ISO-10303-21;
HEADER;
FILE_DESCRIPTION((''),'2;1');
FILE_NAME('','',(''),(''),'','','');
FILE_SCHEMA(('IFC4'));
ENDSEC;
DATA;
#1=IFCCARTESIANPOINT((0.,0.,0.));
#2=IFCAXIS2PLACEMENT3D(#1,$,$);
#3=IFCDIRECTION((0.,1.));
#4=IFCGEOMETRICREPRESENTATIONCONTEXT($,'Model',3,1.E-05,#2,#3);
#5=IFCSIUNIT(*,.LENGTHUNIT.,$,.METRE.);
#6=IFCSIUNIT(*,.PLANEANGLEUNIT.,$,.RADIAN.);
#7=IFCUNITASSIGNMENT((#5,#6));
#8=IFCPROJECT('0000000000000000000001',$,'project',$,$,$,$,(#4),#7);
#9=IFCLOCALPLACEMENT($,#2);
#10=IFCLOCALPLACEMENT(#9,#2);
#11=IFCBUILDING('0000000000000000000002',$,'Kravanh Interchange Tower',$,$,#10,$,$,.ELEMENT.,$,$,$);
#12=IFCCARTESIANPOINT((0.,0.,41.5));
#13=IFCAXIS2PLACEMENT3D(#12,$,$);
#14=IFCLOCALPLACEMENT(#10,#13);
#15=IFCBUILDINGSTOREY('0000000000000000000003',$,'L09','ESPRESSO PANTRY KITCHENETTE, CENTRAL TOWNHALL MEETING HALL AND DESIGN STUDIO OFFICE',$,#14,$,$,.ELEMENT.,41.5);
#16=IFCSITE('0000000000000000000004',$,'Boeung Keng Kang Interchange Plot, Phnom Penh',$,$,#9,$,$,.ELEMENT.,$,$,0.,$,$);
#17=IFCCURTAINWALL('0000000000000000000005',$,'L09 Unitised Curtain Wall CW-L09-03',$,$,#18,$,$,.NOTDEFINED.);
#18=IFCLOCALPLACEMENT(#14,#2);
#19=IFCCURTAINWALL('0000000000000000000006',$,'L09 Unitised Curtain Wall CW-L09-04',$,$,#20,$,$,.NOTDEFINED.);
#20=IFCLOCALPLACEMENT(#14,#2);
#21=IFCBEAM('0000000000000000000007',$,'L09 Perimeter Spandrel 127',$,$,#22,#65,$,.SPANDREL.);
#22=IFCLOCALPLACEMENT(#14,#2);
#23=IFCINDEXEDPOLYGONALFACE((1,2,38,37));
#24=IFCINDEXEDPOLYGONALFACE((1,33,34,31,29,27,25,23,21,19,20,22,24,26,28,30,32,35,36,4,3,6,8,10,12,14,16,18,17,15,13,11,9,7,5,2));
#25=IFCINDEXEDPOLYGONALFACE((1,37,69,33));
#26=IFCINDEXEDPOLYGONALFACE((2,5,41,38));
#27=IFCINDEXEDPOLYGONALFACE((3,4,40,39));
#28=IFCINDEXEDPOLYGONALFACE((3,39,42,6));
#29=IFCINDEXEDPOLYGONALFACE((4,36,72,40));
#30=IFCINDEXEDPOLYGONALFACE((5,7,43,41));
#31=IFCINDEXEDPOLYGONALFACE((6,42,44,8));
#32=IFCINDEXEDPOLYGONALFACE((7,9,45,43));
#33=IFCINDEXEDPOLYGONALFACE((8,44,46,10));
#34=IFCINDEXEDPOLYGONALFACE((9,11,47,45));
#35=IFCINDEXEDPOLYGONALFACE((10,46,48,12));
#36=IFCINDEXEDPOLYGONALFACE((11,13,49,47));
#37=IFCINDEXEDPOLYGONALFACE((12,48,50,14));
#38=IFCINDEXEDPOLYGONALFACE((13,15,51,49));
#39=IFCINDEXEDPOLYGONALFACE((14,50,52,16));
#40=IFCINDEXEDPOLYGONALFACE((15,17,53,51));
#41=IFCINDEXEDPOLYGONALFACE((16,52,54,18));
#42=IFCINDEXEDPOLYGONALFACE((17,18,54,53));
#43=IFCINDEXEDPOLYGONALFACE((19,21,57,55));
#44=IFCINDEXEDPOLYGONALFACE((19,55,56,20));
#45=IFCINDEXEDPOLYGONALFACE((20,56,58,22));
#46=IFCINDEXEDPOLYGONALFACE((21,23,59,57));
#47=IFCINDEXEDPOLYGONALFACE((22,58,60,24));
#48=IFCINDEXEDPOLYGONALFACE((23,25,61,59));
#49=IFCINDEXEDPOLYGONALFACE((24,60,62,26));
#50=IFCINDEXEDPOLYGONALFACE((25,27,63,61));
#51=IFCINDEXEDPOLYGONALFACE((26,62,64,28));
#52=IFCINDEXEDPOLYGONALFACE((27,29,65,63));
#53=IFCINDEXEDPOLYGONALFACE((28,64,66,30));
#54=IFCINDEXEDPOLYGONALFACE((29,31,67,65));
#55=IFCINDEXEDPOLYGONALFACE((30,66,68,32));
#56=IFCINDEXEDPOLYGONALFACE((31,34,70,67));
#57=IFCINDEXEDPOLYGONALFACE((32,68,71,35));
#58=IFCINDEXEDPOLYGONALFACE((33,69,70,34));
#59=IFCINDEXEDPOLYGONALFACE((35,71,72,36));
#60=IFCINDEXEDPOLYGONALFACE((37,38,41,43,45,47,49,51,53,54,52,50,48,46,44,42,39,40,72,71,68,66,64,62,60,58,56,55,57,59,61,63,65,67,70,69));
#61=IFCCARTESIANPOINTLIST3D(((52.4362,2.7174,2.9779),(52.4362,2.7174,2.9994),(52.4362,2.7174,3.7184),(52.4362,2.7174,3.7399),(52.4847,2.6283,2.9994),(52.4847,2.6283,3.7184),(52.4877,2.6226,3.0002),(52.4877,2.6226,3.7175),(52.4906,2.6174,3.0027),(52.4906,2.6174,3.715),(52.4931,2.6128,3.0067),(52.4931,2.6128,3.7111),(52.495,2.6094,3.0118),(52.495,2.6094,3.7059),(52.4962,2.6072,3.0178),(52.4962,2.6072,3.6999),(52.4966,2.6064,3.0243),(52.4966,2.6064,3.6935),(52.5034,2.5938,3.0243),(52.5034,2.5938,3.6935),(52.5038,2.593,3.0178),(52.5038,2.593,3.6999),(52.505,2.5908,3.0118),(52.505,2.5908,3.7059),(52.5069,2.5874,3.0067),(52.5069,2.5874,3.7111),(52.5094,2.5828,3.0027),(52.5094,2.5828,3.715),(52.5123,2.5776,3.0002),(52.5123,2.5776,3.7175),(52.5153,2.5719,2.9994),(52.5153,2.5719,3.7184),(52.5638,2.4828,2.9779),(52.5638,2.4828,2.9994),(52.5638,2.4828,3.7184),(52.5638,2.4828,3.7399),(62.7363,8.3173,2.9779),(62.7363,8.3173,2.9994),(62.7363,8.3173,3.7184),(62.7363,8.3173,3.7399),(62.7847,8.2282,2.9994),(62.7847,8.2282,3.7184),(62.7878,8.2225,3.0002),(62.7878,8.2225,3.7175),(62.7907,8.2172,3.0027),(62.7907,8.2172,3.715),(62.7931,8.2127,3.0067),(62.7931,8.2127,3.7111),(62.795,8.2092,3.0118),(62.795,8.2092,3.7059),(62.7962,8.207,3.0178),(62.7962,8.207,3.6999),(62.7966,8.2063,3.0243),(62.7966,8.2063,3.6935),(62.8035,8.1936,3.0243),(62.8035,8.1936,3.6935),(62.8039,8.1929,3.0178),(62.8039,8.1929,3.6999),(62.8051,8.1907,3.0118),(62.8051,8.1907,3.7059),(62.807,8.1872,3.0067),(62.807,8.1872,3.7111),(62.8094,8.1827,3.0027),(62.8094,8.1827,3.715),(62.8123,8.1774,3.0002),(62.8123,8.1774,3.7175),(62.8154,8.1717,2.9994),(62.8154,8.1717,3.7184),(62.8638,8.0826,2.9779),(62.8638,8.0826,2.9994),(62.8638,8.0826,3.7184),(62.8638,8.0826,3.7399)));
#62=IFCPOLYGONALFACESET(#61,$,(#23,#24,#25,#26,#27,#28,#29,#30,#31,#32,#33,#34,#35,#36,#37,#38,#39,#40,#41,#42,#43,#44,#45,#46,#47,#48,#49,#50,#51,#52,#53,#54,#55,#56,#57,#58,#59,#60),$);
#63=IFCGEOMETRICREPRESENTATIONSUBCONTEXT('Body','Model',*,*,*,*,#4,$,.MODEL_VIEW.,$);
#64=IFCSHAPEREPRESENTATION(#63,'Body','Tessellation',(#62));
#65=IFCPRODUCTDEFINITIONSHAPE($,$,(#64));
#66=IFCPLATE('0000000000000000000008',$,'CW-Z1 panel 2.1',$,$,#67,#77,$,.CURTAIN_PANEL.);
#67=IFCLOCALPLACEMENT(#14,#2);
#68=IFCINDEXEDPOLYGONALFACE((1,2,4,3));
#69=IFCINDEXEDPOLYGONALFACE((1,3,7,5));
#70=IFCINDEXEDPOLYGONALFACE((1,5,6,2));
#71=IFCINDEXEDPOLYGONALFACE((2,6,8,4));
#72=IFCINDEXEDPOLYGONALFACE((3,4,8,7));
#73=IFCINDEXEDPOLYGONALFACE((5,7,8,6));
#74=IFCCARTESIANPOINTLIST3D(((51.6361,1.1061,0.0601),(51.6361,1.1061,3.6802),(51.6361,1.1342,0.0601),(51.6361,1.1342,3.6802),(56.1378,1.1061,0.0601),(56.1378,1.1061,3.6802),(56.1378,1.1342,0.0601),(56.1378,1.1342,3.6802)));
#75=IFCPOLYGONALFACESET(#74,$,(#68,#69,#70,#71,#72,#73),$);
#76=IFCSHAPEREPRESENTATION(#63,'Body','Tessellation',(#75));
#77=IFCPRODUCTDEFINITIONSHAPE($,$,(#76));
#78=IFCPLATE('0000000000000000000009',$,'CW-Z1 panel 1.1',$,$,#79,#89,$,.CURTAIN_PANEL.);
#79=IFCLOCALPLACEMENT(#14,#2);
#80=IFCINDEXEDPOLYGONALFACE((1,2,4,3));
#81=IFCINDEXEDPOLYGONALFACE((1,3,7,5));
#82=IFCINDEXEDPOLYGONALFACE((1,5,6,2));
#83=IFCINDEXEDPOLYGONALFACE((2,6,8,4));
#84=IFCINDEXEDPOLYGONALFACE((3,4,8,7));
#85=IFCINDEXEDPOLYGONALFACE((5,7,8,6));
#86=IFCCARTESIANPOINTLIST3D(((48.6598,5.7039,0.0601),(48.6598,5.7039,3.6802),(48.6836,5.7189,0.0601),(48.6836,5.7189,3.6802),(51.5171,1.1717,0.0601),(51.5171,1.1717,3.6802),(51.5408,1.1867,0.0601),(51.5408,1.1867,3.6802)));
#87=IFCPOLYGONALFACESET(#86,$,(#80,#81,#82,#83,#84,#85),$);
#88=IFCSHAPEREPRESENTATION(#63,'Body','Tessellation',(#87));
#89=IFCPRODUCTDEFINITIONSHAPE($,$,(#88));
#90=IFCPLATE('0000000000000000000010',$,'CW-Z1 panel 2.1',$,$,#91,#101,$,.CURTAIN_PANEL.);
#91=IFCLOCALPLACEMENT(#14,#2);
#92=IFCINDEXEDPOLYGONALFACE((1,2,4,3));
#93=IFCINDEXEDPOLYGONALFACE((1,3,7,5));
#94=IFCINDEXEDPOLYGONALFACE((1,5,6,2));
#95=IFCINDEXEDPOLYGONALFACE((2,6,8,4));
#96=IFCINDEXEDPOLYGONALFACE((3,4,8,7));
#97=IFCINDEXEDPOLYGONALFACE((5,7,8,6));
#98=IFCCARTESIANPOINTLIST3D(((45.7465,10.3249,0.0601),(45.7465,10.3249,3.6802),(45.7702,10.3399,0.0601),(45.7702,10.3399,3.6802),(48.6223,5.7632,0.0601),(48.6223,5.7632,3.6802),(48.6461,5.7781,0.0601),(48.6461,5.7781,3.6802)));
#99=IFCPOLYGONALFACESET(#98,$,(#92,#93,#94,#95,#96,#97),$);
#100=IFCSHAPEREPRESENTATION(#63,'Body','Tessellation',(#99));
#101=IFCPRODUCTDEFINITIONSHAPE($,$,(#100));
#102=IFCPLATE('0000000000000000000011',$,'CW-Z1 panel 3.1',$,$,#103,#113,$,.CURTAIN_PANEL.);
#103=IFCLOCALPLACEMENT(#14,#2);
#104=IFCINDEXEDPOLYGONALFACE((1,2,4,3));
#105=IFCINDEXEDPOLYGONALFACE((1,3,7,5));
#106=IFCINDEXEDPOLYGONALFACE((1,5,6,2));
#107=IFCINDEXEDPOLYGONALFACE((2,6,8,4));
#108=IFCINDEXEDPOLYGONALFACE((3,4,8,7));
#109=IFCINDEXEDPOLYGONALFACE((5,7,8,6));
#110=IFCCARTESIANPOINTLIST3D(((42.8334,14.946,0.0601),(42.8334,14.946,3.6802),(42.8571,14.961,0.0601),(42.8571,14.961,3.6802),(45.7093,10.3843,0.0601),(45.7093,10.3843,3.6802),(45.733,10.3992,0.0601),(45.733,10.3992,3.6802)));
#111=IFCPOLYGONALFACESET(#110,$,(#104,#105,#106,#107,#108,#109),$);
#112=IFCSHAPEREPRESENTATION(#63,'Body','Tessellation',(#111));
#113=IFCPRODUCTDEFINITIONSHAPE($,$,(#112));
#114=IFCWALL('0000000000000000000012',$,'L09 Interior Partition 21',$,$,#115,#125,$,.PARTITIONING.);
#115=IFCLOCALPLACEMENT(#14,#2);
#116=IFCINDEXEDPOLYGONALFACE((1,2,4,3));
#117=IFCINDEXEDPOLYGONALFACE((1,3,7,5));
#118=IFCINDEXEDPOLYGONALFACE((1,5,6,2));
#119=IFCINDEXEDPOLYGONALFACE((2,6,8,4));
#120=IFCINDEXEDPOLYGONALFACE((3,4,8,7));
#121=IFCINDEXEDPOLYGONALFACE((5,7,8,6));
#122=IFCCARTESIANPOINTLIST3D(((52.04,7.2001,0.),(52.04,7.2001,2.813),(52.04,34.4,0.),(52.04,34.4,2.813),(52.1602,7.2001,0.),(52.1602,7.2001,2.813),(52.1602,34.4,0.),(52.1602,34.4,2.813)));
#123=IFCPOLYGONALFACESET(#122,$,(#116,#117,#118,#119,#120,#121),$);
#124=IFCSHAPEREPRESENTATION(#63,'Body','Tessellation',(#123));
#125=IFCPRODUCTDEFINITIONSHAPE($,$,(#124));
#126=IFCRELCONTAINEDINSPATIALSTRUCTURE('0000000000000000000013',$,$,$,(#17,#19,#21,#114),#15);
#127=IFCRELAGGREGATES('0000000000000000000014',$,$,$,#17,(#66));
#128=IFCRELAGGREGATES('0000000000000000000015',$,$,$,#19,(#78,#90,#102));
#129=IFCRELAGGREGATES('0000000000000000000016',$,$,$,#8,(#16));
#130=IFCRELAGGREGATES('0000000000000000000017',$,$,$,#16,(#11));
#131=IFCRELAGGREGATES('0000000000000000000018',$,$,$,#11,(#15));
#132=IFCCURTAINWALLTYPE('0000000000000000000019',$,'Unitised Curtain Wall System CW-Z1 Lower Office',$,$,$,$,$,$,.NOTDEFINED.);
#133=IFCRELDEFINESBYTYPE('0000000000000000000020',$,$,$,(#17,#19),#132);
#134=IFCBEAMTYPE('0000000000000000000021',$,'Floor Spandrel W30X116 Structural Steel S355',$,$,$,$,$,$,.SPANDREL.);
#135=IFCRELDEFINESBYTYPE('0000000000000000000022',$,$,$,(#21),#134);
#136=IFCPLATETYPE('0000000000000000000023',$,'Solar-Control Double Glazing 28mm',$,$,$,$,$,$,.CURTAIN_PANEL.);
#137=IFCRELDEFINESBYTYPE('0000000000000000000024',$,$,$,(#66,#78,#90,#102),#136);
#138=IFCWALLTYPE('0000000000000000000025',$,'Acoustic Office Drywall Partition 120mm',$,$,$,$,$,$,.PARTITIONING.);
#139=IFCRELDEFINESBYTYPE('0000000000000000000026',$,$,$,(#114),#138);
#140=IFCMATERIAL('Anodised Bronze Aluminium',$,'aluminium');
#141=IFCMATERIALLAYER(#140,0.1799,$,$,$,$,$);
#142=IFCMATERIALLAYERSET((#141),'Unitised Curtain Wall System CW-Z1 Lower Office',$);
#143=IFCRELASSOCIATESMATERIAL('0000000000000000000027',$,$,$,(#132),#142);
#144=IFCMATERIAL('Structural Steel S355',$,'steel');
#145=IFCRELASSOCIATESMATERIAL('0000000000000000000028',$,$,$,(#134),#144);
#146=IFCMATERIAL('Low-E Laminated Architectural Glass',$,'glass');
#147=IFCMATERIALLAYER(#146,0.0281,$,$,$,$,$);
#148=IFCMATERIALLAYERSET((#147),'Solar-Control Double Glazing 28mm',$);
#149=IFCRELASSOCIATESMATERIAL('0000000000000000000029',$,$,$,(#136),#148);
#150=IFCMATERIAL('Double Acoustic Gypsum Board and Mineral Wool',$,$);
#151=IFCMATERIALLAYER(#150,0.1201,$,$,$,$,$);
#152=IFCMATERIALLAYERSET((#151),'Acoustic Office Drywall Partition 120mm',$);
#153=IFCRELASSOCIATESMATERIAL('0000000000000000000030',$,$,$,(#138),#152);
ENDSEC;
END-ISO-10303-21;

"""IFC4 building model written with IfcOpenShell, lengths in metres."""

from ifc_helpers import new_model, si_unit, direction, frame, frame_2d, origin, origin_2d, place, context, subcontext, project, spatial, rectangle, i_section, extrude, material, layer, layer_set, material_profile, profile_set, type_object, element, aggregate, save


model = new_model("IFC4")

# Units and contexts
model_context = context("Model", 3, precision=1e-05, world=origin(), true_north=direction((0.0, 1.0)))
body_context = subcontext(model_context, "Body", "Model", "MODEL_VIEW")
ifc_project = project(units=[si_unit("LENGTHUNIT", "METRE"), si_unit("PLANEANGLEUNIT", "RADIAN")], contexts=[model_context])

# Site, building, storey
site_placement = place(None, origin())
site = spatial("IfcSite", under=ifc_project, at=site_placement, Name="Boeung Keng Kang Interchange Plot, Phnom Penh", CompositionType="ELEMENT", RefElevation=0.0)
building_placement = place(site_placement, origin())
building = spatial("IfcBuilding", under=site, at=building_placement, Name="Kravanh Interchange Tower", CompositionType="ELEMENT")
storey_placement = place(building_placement, frame((0.0, 0.0, 41.5)))
storey = spatial("IfcBuildingStorey", under=building, at=storey_placement, Name="L09", Description="ESPRESSO PANTRY KITCHENETTE, CENTRAL TOWNHALL MEETING HALL AND DESIGN STUDIO OFFICE", CompositionType="ELEMENT", Elevation=41.5)

# Curtain wall
ifc_material_1 = material(Name="Anodised Bronze Aluminium", Category="aluminium")
ifc_layer_1 = layer(ifc_material_1, 0.1799)
ifc_layer_set_1 = layer_set([ifc_layer_1], Name="Unitised Curtain Wall System CW-Z1 Lower Office")
curtain_wall_type = type_object("IfcCurtainWallType", Name="Unitised Curtain Wall System CW-Z1 Lower Office", PredefinedType="NOTDEFINED", material=ifc_layer_set_1)
curtain_wall_1_placement = place(storey_placement, origin())
curtain_wall_1 = element("IfcCurtainWall", 1, at=curtain_wall_1_placement, inside=storey, type_object=curtain_wall_type, Name="L09 Unitised Curtain Wall CW-L09-03", PredefinedType="NOTDEFINED")

# Curtain wall
curtain_wall_2_placement = place(storey_placement, origin())
curtain_wall_2 = element("IfcCurtainWall", 2, at=curtain_wall_2_placement, inside=storey, type_object=curtain_wall_type, Name="L09 Unitised Curtain Wall CW-L09-04", PredefinedType="NOTDEFINED")

# Beam
ifc_material_2 = material(Name="Structural Steel S355", Category="steel")
ifc_material_profile_1 = material_profile(ifc_material_2, i_section(OverallWidth=0.2671, OverallDepth=0.762, WebThickness=0.0144, FlangeThickness=0.0215, FilletRadius=0.0249, at=origin_2d()), Name="W30X116")
ifc_profile_set_1 = profile_set([ifc_material_profile_1], Name="Structural Steel S355")
beam_type = type_object("IfcBeamType", Name="Floor Spandrel W30X116 Structural Steel S355", PredefinedType="SPANDREL", material=ifc_profile_set_1)
beam_1_placement = place(storey_placement, frame((52.5, 2.6001, 3.3589), z_axis=(0.878553, 0.477645, 0.0), x_axis=(-0.477645, 0.878553, 0.0)))
element("IfcBeam", 3, at=beam_1_placement, inside=storey, type_object=beam_type, Name="L09 Perimeter Spandrel 127", PredefinedType="SPANDREL", context=body_context, shape_type="SweptSolid", body=[
    extrude(i_section(OverallWidth=0.2671, OverallDepth=0.762, WebThickness=0.0144, FlangeThickness=0.0215, FilletRadius=0.0249, at=origin_2d()), origin(), (0.0, 0.0, 1.0), 11.7239),
])

# Plates
ifc_material_3 = material(Name="Low-E Laminated Architectural Glass", Category="glass")
ifc_layer_2 = layer(ifc_material_3, 0.0281)
ifc_layer_set_2 = layer_set([ifc_layer_2], Name="Solar-Control Double Glazing 28mm")
plate_type = type_object("IfcPlateType", Name="Solar-Control Double Glazing 28mm", PredefinedType="CURTAIN_PANEL", material=ifc_layer_set_2)
plate_1_placement = place(storey_placement, frame((53.887, 1.1201, 0.0601), z_axis=(0.0, 0.0, 1.0), x_axis=(-1.0, 0.0, 0.0)))
plate_1 = element("IfcPlate", 4, at=plate_1_placement, type_object=plate_type, Name="CW-Z1 panel 2.1", PredefinedType="CURTAIN_PANEL", context=body_context, shape_type="SweptSolid", body=[
    extrude(rectangle(XDim=4.5017, YDim=0.0281, at=origin_2d()), origin(), (0.0, 0.0, 1.0), 3.6201),
])
aggregate(curtain_wall_1, [plate_1])
plate_2_placement = place(storey_placement, frame((50.1003, 3.4453, 0.0601), z_axis=(0.0, 0.0, 1.0), x_axis=(-0.533301, 0.845926, 0.0)))
plate_2 = element("IfcPlate", 5, at=plate_2_placement, type_object=plate_type, Name="CW-Z1 panel 1.1", PredefinedType="CURTAIN_PANEL", context=body_context, shape_type="SweptSolid", body=[
    extrude(rectangle(XDim=5.3577, YDim=0.0281, at=origin_2d()), origin(), (0.0, 0.0, 1.0), 3.6201),
])
plate_3_placement = place(storey_placement, frame((47.1963, 8.0515, 0.0601), z_axis=(0.0, 0.0, 1.0), x_axis=(-0.533301, 0.845926, 0.0)))
plate_3 = element("IfcPlate", 6, at=plate_3_placement, type_object=plate_type, Name="CW-Z1 panel 2.1", PredefinedType="CURTAIN_PANEL", context=body_context, shape_type="SweptSolid", body=[
    extrude(rectangle(XDim=5.3926, YDim=0.0281, at=origin_2d()), origin(), (0.0, 0.0, 1.0), 3.6201),
])
plate_4_placement = place(storey_placement, frame((44.2832, 12.6726, 0.0601), z_axis=(0.0, 0.0, 1.0), x_axis=(-0.533301, 0.845926, 0.0)))
plate_4 = element("IfcPlate", 7, at=plate_4_placement, type_object=plate_type, Name="CW-Z1 panel 3.1", PredefinedType="CURTAIN_PANEL", context=body_context, shape_type="SweptSolid", body=[
    extrude(rectangle(XDim=5.3926, YDim=0.0281, at=origin_2d()), origin(), (0.0, 0.0, 1.0), 3.6201),
])
aggregate(curtain_wall_2, [plate_2, plate_3, plate_4])

# Wall
ifc_material_4 = material(Name="Double Acoustic Gypsum Board and Mineral Wool")
ifc_layer_3 = layer(ifc_material_4, 0.1201)
ifc_layer_set_3 = layer_set([ifc_layer_3], Name="Acoustic Office Drywall Partition 120mm")
wall_type = type_object("IfcWallType", Name="Acoustic Office Drywall Partition 120mm", PredefinedType="PARTITIONING", material=ifc_layer_set_3)
wall_1_placement = place(storey_placement, frame((52.1001, 7.2, 0.0), z_axis=(0.0, 0.0, 1.0), x_axis=(0.0, 1.0, 0.0)))
element("IfcWall", 8, at=wall_1_placement, inside=storey, type_object=wall_type, Name="L09 Interior Partition 21", PredefinedType="PARTITIONING", context=body_context, shape_type="SweptSolid", body=[
    extrude(rectangle(XDim=27.2, YDim=0.1201, at=frame_2d((13.6001, 0.0))), origin(), (0.0, 0.0, 1.0), 2.813),
])

save(model, "model.ifc")
